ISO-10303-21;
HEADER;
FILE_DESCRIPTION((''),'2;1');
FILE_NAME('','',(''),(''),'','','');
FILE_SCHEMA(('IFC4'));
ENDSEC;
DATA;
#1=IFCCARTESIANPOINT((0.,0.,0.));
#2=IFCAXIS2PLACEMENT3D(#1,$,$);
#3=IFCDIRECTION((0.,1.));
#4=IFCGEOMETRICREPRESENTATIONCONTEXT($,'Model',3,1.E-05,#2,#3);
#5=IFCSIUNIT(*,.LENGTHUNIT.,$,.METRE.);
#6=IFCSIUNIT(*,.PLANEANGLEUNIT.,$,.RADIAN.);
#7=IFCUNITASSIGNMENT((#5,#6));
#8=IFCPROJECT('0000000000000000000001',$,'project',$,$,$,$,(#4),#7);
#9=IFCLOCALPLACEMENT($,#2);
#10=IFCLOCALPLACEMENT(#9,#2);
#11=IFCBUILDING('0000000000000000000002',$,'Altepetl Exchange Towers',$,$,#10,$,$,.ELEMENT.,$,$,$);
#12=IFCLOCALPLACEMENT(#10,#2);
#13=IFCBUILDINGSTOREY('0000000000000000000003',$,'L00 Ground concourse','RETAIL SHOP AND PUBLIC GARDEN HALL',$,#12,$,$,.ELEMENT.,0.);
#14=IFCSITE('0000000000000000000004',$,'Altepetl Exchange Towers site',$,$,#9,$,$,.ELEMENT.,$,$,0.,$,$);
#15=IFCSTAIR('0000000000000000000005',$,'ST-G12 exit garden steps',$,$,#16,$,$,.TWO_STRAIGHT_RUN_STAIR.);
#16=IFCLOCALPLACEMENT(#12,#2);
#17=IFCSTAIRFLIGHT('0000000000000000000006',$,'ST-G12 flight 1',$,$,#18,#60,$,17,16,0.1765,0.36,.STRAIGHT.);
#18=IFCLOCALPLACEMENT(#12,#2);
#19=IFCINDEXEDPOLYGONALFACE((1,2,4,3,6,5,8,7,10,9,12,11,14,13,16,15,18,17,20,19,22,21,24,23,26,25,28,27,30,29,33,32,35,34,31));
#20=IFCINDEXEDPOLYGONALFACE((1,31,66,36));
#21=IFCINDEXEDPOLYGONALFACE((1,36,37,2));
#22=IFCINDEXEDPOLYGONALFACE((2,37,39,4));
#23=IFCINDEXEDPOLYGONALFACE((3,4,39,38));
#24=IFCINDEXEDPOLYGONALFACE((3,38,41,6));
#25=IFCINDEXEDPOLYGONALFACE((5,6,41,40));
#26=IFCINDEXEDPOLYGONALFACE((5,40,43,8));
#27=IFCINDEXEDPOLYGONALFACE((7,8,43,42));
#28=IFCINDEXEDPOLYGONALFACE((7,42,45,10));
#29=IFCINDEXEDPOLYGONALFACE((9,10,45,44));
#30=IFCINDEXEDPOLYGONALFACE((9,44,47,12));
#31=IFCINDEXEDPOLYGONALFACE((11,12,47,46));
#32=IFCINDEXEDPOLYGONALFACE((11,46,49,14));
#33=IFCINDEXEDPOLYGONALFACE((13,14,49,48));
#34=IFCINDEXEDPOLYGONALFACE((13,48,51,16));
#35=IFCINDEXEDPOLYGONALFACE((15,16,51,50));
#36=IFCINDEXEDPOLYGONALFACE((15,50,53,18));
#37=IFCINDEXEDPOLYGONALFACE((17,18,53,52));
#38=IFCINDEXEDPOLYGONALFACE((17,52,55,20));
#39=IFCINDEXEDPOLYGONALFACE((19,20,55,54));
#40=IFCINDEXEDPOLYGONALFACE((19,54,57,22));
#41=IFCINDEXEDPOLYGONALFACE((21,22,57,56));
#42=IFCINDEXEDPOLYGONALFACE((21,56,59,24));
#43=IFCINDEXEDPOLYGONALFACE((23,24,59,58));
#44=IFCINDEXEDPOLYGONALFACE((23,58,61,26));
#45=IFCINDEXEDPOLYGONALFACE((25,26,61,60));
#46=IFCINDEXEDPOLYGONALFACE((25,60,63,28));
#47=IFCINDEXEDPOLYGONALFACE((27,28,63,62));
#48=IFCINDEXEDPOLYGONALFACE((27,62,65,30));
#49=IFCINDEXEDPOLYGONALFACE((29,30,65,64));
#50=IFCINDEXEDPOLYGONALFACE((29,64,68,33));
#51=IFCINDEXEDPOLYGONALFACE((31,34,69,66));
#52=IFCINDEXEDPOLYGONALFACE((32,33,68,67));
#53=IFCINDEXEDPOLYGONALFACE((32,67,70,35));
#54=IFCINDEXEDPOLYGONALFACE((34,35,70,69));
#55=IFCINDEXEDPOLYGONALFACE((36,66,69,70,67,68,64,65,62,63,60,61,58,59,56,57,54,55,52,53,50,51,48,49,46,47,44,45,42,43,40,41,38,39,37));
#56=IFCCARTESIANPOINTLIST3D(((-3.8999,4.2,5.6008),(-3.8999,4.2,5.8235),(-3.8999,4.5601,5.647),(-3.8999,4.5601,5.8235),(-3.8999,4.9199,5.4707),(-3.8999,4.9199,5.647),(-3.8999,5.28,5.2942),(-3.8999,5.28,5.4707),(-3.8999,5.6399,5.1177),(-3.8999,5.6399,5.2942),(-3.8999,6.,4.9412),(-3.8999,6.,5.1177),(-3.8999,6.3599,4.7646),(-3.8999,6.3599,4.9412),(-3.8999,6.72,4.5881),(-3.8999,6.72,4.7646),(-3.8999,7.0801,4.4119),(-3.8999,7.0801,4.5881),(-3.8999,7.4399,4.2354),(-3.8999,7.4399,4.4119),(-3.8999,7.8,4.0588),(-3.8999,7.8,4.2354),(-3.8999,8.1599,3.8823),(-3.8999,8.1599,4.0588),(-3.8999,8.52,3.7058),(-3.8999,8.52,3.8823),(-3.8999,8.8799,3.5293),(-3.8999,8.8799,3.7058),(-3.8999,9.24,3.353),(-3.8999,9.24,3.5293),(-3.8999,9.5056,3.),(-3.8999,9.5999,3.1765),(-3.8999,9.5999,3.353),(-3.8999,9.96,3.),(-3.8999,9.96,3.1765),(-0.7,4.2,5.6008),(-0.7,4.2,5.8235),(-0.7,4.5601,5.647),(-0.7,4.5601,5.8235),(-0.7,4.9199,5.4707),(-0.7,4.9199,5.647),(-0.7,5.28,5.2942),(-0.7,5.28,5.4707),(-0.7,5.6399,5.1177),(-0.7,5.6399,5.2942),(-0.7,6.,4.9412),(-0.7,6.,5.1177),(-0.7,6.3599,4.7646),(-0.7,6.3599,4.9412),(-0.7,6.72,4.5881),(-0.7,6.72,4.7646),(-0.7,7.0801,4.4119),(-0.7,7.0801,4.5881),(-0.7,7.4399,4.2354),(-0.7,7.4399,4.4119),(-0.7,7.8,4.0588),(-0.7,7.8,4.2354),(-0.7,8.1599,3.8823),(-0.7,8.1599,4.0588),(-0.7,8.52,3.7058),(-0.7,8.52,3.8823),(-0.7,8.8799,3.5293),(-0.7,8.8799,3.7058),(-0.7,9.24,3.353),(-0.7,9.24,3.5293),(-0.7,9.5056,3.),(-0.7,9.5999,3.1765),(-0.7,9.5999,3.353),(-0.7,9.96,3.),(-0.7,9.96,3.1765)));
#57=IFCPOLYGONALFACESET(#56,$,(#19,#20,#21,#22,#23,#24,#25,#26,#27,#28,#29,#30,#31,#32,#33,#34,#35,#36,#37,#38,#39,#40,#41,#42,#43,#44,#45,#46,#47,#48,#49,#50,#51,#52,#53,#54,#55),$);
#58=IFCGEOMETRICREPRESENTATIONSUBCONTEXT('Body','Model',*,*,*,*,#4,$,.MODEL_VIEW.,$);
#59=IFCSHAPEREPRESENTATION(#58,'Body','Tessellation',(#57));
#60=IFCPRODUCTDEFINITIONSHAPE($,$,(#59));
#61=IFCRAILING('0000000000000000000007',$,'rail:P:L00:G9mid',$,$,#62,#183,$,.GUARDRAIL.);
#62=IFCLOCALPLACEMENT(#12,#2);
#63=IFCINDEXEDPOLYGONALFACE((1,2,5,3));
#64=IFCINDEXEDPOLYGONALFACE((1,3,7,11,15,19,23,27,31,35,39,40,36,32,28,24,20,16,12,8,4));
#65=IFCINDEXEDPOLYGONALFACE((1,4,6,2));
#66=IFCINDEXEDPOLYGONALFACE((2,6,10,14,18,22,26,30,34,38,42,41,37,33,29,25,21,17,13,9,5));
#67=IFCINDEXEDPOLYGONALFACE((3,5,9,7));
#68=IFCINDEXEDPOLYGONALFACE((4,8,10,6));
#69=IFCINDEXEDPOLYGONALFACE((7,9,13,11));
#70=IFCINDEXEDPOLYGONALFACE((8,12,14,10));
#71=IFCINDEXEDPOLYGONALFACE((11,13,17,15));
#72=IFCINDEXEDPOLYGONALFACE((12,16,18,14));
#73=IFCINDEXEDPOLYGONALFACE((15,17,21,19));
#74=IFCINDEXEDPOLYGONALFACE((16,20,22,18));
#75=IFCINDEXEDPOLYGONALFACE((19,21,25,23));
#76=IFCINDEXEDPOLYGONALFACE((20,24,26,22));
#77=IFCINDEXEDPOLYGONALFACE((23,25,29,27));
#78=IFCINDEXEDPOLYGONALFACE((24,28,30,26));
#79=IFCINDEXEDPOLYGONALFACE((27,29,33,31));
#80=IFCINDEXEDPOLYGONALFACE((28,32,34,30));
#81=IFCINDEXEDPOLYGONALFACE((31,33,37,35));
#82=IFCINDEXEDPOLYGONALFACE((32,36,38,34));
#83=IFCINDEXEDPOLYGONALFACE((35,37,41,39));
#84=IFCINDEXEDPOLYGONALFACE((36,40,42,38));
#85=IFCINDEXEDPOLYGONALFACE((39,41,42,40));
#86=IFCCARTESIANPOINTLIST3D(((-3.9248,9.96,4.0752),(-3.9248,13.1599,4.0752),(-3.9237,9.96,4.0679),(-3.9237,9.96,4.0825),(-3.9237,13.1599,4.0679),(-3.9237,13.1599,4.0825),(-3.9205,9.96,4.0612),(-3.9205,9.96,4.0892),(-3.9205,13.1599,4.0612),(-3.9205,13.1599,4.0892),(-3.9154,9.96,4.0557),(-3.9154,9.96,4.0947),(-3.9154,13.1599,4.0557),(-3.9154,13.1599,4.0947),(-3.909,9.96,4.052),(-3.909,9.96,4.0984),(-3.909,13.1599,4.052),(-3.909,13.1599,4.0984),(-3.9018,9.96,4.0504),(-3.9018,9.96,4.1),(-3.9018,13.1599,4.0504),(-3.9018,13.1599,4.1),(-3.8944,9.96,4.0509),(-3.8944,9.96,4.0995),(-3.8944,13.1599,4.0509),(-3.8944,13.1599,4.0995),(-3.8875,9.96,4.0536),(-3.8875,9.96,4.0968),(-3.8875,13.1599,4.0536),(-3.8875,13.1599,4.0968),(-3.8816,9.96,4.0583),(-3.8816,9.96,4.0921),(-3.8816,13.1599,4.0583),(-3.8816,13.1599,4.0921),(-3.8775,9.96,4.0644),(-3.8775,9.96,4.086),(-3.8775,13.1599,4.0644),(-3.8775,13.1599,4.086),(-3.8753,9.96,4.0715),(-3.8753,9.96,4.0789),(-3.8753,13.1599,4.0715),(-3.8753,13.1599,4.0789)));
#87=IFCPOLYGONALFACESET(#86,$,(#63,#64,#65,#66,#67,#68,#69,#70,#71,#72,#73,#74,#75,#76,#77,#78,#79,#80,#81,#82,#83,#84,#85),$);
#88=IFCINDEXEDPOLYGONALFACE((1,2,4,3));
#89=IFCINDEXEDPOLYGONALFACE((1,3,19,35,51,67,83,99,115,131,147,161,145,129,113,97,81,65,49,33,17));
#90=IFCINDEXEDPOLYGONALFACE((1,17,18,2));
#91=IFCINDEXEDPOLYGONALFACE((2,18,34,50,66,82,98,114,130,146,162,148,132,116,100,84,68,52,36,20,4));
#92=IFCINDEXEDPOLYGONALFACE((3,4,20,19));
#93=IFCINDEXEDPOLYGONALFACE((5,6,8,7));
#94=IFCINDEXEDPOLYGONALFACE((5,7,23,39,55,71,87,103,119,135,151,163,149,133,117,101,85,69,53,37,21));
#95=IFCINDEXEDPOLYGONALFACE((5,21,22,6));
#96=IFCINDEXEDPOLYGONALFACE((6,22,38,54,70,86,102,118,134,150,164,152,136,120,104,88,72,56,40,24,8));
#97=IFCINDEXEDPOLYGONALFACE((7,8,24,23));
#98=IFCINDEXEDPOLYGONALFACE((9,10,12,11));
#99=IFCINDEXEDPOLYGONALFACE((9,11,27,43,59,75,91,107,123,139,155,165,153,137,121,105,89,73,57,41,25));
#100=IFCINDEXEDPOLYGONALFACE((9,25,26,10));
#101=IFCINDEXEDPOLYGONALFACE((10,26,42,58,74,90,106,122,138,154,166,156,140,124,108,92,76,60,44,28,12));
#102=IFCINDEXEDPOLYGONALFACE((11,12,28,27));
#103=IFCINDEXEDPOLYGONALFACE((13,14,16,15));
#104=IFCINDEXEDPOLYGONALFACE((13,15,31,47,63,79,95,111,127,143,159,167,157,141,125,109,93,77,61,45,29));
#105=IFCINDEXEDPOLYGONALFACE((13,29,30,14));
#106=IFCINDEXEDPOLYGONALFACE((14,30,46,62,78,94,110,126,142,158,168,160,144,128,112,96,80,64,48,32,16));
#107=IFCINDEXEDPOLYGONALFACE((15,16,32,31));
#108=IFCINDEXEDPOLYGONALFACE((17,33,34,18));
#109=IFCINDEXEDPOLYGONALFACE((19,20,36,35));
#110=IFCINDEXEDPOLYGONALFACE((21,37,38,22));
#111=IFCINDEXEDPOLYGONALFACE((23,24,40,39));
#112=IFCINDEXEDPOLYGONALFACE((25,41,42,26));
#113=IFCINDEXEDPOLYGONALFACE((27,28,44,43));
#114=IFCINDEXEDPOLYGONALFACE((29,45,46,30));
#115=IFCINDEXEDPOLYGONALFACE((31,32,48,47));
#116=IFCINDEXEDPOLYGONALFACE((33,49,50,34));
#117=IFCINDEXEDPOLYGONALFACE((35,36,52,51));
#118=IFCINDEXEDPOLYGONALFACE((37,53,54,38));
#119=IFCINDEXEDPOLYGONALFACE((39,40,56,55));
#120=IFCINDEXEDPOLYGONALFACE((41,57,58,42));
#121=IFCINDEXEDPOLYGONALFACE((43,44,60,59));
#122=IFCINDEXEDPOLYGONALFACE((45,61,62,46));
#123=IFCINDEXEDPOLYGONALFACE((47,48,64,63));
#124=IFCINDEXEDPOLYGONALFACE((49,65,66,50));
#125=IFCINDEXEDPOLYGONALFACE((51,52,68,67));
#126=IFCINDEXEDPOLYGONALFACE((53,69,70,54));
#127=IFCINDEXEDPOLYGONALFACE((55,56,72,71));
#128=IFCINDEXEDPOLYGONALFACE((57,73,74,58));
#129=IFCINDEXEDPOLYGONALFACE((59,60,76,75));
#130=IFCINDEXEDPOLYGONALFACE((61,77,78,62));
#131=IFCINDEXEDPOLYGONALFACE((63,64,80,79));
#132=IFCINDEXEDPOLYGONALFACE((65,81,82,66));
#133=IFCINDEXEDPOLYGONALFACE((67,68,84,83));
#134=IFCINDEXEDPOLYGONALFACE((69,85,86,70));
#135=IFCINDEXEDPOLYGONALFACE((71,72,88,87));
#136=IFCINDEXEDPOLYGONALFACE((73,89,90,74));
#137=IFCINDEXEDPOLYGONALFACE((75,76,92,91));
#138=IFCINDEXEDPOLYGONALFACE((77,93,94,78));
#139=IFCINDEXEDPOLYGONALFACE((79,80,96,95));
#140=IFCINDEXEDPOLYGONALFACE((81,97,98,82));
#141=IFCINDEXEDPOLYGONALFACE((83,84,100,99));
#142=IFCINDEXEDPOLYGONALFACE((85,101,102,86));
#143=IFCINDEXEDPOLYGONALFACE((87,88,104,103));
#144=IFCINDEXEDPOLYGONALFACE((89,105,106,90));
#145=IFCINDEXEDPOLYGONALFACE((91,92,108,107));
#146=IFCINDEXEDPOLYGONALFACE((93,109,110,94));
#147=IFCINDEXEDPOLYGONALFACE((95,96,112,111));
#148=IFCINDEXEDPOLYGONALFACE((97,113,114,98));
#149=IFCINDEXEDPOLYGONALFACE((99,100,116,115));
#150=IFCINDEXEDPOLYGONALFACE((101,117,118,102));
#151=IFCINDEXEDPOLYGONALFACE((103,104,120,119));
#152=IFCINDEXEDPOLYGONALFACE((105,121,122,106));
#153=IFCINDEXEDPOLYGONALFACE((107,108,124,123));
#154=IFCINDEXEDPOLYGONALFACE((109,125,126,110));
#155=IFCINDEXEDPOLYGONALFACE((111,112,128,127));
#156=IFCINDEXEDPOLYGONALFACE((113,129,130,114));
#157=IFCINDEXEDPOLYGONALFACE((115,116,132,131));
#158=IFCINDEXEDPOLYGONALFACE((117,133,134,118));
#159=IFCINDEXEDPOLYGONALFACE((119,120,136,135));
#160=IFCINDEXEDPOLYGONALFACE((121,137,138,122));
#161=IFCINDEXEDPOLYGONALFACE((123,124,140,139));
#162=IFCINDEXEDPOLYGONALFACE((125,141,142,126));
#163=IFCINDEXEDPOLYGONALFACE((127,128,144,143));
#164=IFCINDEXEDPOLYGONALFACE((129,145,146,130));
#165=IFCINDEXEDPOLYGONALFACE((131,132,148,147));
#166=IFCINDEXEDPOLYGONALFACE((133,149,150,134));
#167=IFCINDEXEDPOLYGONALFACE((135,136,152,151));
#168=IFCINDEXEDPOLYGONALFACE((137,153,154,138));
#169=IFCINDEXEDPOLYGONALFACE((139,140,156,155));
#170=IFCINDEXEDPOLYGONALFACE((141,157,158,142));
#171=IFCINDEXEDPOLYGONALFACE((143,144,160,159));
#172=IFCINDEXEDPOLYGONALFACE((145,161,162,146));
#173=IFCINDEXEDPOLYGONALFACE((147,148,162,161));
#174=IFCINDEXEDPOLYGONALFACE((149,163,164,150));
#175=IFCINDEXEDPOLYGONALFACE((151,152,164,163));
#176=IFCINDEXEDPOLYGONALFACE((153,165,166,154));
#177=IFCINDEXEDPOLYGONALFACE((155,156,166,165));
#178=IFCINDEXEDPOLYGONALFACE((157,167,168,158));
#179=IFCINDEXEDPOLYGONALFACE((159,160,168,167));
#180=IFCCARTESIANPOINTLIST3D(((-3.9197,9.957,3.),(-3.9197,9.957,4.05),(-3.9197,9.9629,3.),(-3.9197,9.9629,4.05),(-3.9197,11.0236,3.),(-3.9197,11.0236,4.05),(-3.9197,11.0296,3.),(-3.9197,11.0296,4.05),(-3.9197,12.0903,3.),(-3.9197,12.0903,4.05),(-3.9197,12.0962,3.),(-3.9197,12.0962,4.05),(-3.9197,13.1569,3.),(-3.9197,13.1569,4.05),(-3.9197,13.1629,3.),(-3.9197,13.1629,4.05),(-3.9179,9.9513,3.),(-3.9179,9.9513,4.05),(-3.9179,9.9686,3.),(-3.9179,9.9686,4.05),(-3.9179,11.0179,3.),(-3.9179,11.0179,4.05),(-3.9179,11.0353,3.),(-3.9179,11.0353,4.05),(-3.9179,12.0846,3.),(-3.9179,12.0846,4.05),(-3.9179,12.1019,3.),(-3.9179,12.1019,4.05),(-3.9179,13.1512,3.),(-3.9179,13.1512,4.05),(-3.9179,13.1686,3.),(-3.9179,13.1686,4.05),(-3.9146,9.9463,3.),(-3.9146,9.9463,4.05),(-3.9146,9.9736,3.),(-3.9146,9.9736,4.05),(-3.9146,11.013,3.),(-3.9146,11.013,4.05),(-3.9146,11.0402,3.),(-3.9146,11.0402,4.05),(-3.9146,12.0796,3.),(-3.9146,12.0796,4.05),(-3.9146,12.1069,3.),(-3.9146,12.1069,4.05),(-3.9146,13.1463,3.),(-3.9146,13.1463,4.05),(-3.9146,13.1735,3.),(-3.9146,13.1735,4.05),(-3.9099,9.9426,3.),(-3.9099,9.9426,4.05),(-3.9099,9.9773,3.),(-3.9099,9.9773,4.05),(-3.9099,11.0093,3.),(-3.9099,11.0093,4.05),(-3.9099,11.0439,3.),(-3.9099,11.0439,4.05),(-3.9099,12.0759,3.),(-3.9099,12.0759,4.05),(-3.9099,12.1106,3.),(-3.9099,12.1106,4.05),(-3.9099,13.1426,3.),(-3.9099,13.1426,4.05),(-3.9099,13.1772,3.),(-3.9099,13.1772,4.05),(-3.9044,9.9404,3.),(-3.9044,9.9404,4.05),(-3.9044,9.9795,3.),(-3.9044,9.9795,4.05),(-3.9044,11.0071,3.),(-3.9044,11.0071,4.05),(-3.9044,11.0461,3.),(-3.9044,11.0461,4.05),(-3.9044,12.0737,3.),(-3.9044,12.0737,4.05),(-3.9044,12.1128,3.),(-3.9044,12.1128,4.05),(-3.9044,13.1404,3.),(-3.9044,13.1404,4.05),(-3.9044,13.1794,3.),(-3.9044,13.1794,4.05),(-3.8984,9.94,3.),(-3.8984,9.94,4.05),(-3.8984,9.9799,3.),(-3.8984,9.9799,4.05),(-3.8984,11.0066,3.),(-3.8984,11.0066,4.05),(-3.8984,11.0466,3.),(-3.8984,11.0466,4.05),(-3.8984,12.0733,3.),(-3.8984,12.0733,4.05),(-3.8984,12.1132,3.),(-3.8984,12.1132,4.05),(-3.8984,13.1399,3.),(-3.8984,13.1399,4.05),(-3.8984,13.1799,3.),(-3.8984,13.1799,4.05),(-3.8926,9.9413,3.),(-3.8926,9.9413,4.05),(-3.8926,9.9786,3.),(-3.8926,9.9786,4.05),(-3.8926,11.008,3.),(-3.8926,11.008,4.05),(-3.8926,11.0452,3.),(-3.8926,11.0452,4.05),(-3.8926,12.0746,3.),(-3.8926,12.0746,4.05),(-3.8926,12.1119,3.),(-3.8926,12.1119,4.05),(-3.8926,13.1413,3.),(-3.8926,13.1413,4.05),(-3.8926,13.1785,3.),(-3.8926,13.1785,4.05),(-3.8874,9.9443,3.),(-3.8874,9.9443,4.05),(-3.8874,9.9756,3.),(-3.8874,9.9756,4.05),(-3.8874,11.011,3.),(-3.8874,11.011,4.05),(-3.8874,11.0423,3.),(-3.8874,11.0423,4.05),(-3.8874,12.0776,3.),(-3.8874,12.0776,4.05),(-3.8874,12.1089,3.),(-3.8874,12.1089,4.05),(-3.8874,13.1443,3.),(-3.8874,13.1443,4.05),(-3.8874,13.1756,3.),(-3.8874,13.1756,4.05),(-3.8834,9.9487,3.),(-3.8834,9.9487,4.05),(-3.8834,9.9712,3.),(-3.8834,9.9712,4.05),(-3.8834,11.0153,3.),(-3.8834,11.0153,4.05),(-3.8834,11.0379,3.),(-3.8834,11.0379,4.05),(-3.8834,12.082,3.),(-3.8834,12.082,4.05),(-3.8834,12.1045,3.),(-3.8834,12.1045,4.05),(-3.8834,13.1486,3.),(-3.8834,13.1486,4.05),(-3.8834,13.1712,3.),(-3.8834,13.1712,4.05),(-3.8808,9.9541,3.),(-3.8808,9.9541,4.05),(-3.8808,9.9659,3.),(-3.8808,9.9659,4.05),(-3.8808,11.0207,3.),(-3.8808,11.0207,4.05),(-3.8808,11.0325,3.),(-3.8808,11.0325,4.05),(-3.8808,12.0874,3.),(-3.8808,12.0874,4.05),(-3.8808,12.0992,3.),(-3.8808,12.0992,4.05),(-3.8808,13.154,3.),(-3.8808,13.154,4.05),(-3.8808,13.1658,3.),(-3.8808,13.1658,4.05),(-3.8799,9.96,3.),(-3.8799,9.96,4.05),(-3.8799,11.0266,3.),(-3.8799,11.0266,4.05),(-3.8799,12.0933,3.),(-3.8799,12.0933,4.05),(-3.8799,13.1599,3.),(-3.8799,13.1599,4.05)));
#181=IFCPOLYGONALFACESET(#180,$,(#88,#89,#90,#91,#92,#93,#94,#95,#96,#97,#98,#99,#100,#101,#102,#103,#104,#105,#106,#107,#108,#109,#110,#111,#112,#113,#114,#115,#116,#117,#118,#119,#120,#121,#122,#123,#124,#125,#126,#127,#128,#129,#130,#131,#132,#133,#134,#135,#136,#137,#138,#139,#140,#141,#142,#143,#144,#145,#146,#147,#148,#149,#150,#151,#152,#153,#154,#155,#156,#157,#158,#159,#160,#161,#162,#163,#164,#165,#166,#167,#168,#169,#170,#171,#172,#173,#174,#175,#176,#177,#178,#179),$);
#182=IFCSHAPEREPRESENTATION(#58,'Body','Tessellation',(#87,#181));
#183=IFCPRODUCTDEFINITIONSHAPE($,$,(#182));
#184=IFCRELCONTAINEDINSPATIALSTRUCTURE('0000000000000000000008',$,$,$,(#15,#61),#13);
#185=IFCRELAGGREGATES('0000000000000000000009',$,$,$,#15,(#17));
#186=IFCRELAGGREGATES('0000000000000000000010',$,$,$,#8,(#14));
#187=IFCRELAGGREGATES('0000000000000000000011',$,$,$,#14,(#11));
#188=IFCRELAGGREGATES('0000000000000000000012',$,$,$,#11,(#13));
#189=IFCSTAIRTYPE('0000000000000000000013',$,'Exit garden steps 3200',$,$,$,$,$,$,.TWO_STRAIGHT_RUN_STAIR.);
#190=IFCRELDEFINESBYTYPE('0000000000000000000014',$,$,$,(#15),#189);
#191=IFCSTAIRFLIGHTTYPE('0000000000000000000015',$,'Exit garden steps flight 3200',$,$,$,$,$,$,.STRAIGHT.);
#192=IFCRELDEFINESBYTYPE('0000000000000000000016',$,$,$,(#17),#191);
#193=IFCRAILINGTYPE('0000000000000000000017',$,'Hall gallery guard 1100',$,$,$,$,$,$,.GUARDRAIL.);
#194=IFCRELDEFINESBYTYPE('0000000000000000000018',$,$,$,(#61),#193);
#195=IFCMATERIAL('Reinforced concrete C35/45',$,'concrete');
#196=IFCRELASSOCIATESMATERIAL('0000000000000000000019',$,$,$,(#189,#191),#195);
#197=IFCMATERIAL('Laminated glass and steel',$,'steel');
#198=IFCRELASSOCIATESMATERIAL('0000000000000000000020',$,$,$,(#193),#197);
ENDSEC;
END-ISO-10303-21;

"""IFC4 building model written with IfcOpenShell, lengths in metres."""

from ifc_helpers import new_model, si_unit, direction, frame, origin, origin_2d, place, context, subcontext, project, spatial, polyline, circle, outline, extrude, source, transform, mapped, material, type_object, element, aggregate, save


model = new_model("IFC4")

# Units and contexts
model_context = context("Model", 3, precision=1e-05, world=origin(), true_north=direction((0.0, 1.0)))
body_context = subcontext(model_context, "Body", "Model", "MODEL_VIEW")
ifc_project = project(units=[si_unit("LENGTHUNIT", "METRE"), si_unit("PLANEANGLEUNIT", "RADIAN")], contexts=[model_context])

# Site, building, storey
site_placement = place(None, origin())
site = spatial("IfcSite", under=ifc_project, at=site_placement, Name="Altepetl Exchange Towers site", CompositionType="ELEMENT", RefElevation=0.0)
building_placement = place(site_placement, origin())
building = spatial("IfcBuilding", under=site, at=building_placement, Name="Altepetl Exchange Towers", CompositionType="ELEMENT")
storey_placement = place(building_placement, origin())
storey = spatial("IfcBuildingStorey", under=building, at=storey_placement, Name="L00 Ground concourse", Description="RETAIL SHOP AND PUBLIC GARDEN HALL", CompositionType="ELEMENT", Elevation=0.0)

# Stair, stair flight
ifc_material_1 = material(Name="Reinforced concrete C35/45", Category="concrete")
stair_type = type_object("IfcStairType", Name="Exit garden steps 3200", PredefinedType="TWO_STRAIGHT_RUN_STAIR", material=ifc_material_1)
stair_placement = place(storey_placement, origin())
stair = element("IfcStair", 1, at=stair_placement, inside=storey, type_object=stair_type, Name="ST-G12 exit garden steps", PredefinedType="TWO_STRAIGHT_RUN_STAIR")
stair_flight_type = type_object("IfcStairFlightType", Name="Exit garden steps flight 3200", PredefinedType="STRAIGHT", material=ifc_material_1)
stair_flight_placement = place(storey_placement, frame((-2.3, 9.96, 3.0), z_axis=(0.0, 0.0, 1.0), x_axis=(0.0, -1.0, 0.0)))
stair_flight = element("IfcStairFlight", 2, at=stair_flight_placement, type_object=stair_flight_type, Name="ST-G12 flight 1", NumberOfRisers=17, NumberOfTreads=16, PredefinedType="STRAIGHT", RiserHeight=0.1765, TreadLength=0.36, context=body_context, shape_type="SweptSolid", body=[
    extrude(outline(polyline([(0.0, 0.0), (0.0, 0.1765), (0.3601, 0.1765), (0.3601, 0.353), (0.72, 0.353), (0.72, 0.5293), (1.0801, 0.5293), (1.0801, 0.7058), (1.4399, 0.7058), (1.4399, 0.8823), (1.8, 0.8823), (1.8, 1.0588), (2.1599, 1.0588), (2.1599, 1.2354), (2.52, 1.2354), (2.52, 1.4119), (2.8799, 1.4119), (2.8799, 1.5881), (3.24, 1.5881), (3.24, 1.7646), (3.6001, 1.7646), (3.6001, 1.9412), (3.96, 1.9412), (3.96, 2.1177), (4.3201, 2.1177), (4.3201, 2.2942), (4.6799, 2.2942), (4.6799, 2.4707), (5.04, 2.4707), (5.04, 2.647), (5.3999, 2.647), (5.3999, 2.8235), (5.76, 2.8235), (5.76, 3.0), (5.76, 2.6008), (0.4543, 0.0), (0.0, 0.0)])), frame((0.0, 1.6001, 0.0), z_axis=(0.0, -1.0, 0.0), x_axis=(1.0, 0.0, 0.0)), (0.0, 0.0, 1.0), 3.2),
])
aggregate(stair, [stair_flight])

# Railing
ifc_material_2 = material(Name="Laminated glass and steel", Category="steel")
railing_type_1 = type_object("IfcRailingType", Name="Hall gallery guard 1100", PredefinedType="GUARDRAIL", material=ifc_material_2)
shared_shape_1 = source(origin(), body_context, "Body", "SweptSolid", [
    extrude(circle(Radius=0.02, at=origin_2d()), origin(), (0.0, 0.0, 1.0), 1.05),
])
for number, where, name in (
    (3, (-3.8999, 9.96, 3.0), "rail:P:L00:G9mid"),
):
    element("IfcRailing", number, at=place(storey_placement, frame(where)), inside=storey, type_object=railing_type_1, Name=name, PredefinedType="GUARDRAIL", context=body_context, shape_type="SweptSolid", body=[
        extrude(circle(Radius=0.0249, at=origin_2d()), frame((0.0, 0.0, 1.0752), z_axis=(0.0, 1.0, 0.0), x_axis=(-1.0, 0.0, 0.0)), (0.0, 0.0, 1.0), 3.2),
        mapped(shared_shape_1, transform((0.0, 0.0, 0.0))),
        mapped(shared_shape_1, transform((0.0, 1.0667, 0.0))),
        mapped(shared_shape_1, transform((0.0, 2.1333, 0.0))),
        mapped(shared_shape_1, transform((0.0, 3.2, 0.0))),
    ])

save(model, "model.ifc")
